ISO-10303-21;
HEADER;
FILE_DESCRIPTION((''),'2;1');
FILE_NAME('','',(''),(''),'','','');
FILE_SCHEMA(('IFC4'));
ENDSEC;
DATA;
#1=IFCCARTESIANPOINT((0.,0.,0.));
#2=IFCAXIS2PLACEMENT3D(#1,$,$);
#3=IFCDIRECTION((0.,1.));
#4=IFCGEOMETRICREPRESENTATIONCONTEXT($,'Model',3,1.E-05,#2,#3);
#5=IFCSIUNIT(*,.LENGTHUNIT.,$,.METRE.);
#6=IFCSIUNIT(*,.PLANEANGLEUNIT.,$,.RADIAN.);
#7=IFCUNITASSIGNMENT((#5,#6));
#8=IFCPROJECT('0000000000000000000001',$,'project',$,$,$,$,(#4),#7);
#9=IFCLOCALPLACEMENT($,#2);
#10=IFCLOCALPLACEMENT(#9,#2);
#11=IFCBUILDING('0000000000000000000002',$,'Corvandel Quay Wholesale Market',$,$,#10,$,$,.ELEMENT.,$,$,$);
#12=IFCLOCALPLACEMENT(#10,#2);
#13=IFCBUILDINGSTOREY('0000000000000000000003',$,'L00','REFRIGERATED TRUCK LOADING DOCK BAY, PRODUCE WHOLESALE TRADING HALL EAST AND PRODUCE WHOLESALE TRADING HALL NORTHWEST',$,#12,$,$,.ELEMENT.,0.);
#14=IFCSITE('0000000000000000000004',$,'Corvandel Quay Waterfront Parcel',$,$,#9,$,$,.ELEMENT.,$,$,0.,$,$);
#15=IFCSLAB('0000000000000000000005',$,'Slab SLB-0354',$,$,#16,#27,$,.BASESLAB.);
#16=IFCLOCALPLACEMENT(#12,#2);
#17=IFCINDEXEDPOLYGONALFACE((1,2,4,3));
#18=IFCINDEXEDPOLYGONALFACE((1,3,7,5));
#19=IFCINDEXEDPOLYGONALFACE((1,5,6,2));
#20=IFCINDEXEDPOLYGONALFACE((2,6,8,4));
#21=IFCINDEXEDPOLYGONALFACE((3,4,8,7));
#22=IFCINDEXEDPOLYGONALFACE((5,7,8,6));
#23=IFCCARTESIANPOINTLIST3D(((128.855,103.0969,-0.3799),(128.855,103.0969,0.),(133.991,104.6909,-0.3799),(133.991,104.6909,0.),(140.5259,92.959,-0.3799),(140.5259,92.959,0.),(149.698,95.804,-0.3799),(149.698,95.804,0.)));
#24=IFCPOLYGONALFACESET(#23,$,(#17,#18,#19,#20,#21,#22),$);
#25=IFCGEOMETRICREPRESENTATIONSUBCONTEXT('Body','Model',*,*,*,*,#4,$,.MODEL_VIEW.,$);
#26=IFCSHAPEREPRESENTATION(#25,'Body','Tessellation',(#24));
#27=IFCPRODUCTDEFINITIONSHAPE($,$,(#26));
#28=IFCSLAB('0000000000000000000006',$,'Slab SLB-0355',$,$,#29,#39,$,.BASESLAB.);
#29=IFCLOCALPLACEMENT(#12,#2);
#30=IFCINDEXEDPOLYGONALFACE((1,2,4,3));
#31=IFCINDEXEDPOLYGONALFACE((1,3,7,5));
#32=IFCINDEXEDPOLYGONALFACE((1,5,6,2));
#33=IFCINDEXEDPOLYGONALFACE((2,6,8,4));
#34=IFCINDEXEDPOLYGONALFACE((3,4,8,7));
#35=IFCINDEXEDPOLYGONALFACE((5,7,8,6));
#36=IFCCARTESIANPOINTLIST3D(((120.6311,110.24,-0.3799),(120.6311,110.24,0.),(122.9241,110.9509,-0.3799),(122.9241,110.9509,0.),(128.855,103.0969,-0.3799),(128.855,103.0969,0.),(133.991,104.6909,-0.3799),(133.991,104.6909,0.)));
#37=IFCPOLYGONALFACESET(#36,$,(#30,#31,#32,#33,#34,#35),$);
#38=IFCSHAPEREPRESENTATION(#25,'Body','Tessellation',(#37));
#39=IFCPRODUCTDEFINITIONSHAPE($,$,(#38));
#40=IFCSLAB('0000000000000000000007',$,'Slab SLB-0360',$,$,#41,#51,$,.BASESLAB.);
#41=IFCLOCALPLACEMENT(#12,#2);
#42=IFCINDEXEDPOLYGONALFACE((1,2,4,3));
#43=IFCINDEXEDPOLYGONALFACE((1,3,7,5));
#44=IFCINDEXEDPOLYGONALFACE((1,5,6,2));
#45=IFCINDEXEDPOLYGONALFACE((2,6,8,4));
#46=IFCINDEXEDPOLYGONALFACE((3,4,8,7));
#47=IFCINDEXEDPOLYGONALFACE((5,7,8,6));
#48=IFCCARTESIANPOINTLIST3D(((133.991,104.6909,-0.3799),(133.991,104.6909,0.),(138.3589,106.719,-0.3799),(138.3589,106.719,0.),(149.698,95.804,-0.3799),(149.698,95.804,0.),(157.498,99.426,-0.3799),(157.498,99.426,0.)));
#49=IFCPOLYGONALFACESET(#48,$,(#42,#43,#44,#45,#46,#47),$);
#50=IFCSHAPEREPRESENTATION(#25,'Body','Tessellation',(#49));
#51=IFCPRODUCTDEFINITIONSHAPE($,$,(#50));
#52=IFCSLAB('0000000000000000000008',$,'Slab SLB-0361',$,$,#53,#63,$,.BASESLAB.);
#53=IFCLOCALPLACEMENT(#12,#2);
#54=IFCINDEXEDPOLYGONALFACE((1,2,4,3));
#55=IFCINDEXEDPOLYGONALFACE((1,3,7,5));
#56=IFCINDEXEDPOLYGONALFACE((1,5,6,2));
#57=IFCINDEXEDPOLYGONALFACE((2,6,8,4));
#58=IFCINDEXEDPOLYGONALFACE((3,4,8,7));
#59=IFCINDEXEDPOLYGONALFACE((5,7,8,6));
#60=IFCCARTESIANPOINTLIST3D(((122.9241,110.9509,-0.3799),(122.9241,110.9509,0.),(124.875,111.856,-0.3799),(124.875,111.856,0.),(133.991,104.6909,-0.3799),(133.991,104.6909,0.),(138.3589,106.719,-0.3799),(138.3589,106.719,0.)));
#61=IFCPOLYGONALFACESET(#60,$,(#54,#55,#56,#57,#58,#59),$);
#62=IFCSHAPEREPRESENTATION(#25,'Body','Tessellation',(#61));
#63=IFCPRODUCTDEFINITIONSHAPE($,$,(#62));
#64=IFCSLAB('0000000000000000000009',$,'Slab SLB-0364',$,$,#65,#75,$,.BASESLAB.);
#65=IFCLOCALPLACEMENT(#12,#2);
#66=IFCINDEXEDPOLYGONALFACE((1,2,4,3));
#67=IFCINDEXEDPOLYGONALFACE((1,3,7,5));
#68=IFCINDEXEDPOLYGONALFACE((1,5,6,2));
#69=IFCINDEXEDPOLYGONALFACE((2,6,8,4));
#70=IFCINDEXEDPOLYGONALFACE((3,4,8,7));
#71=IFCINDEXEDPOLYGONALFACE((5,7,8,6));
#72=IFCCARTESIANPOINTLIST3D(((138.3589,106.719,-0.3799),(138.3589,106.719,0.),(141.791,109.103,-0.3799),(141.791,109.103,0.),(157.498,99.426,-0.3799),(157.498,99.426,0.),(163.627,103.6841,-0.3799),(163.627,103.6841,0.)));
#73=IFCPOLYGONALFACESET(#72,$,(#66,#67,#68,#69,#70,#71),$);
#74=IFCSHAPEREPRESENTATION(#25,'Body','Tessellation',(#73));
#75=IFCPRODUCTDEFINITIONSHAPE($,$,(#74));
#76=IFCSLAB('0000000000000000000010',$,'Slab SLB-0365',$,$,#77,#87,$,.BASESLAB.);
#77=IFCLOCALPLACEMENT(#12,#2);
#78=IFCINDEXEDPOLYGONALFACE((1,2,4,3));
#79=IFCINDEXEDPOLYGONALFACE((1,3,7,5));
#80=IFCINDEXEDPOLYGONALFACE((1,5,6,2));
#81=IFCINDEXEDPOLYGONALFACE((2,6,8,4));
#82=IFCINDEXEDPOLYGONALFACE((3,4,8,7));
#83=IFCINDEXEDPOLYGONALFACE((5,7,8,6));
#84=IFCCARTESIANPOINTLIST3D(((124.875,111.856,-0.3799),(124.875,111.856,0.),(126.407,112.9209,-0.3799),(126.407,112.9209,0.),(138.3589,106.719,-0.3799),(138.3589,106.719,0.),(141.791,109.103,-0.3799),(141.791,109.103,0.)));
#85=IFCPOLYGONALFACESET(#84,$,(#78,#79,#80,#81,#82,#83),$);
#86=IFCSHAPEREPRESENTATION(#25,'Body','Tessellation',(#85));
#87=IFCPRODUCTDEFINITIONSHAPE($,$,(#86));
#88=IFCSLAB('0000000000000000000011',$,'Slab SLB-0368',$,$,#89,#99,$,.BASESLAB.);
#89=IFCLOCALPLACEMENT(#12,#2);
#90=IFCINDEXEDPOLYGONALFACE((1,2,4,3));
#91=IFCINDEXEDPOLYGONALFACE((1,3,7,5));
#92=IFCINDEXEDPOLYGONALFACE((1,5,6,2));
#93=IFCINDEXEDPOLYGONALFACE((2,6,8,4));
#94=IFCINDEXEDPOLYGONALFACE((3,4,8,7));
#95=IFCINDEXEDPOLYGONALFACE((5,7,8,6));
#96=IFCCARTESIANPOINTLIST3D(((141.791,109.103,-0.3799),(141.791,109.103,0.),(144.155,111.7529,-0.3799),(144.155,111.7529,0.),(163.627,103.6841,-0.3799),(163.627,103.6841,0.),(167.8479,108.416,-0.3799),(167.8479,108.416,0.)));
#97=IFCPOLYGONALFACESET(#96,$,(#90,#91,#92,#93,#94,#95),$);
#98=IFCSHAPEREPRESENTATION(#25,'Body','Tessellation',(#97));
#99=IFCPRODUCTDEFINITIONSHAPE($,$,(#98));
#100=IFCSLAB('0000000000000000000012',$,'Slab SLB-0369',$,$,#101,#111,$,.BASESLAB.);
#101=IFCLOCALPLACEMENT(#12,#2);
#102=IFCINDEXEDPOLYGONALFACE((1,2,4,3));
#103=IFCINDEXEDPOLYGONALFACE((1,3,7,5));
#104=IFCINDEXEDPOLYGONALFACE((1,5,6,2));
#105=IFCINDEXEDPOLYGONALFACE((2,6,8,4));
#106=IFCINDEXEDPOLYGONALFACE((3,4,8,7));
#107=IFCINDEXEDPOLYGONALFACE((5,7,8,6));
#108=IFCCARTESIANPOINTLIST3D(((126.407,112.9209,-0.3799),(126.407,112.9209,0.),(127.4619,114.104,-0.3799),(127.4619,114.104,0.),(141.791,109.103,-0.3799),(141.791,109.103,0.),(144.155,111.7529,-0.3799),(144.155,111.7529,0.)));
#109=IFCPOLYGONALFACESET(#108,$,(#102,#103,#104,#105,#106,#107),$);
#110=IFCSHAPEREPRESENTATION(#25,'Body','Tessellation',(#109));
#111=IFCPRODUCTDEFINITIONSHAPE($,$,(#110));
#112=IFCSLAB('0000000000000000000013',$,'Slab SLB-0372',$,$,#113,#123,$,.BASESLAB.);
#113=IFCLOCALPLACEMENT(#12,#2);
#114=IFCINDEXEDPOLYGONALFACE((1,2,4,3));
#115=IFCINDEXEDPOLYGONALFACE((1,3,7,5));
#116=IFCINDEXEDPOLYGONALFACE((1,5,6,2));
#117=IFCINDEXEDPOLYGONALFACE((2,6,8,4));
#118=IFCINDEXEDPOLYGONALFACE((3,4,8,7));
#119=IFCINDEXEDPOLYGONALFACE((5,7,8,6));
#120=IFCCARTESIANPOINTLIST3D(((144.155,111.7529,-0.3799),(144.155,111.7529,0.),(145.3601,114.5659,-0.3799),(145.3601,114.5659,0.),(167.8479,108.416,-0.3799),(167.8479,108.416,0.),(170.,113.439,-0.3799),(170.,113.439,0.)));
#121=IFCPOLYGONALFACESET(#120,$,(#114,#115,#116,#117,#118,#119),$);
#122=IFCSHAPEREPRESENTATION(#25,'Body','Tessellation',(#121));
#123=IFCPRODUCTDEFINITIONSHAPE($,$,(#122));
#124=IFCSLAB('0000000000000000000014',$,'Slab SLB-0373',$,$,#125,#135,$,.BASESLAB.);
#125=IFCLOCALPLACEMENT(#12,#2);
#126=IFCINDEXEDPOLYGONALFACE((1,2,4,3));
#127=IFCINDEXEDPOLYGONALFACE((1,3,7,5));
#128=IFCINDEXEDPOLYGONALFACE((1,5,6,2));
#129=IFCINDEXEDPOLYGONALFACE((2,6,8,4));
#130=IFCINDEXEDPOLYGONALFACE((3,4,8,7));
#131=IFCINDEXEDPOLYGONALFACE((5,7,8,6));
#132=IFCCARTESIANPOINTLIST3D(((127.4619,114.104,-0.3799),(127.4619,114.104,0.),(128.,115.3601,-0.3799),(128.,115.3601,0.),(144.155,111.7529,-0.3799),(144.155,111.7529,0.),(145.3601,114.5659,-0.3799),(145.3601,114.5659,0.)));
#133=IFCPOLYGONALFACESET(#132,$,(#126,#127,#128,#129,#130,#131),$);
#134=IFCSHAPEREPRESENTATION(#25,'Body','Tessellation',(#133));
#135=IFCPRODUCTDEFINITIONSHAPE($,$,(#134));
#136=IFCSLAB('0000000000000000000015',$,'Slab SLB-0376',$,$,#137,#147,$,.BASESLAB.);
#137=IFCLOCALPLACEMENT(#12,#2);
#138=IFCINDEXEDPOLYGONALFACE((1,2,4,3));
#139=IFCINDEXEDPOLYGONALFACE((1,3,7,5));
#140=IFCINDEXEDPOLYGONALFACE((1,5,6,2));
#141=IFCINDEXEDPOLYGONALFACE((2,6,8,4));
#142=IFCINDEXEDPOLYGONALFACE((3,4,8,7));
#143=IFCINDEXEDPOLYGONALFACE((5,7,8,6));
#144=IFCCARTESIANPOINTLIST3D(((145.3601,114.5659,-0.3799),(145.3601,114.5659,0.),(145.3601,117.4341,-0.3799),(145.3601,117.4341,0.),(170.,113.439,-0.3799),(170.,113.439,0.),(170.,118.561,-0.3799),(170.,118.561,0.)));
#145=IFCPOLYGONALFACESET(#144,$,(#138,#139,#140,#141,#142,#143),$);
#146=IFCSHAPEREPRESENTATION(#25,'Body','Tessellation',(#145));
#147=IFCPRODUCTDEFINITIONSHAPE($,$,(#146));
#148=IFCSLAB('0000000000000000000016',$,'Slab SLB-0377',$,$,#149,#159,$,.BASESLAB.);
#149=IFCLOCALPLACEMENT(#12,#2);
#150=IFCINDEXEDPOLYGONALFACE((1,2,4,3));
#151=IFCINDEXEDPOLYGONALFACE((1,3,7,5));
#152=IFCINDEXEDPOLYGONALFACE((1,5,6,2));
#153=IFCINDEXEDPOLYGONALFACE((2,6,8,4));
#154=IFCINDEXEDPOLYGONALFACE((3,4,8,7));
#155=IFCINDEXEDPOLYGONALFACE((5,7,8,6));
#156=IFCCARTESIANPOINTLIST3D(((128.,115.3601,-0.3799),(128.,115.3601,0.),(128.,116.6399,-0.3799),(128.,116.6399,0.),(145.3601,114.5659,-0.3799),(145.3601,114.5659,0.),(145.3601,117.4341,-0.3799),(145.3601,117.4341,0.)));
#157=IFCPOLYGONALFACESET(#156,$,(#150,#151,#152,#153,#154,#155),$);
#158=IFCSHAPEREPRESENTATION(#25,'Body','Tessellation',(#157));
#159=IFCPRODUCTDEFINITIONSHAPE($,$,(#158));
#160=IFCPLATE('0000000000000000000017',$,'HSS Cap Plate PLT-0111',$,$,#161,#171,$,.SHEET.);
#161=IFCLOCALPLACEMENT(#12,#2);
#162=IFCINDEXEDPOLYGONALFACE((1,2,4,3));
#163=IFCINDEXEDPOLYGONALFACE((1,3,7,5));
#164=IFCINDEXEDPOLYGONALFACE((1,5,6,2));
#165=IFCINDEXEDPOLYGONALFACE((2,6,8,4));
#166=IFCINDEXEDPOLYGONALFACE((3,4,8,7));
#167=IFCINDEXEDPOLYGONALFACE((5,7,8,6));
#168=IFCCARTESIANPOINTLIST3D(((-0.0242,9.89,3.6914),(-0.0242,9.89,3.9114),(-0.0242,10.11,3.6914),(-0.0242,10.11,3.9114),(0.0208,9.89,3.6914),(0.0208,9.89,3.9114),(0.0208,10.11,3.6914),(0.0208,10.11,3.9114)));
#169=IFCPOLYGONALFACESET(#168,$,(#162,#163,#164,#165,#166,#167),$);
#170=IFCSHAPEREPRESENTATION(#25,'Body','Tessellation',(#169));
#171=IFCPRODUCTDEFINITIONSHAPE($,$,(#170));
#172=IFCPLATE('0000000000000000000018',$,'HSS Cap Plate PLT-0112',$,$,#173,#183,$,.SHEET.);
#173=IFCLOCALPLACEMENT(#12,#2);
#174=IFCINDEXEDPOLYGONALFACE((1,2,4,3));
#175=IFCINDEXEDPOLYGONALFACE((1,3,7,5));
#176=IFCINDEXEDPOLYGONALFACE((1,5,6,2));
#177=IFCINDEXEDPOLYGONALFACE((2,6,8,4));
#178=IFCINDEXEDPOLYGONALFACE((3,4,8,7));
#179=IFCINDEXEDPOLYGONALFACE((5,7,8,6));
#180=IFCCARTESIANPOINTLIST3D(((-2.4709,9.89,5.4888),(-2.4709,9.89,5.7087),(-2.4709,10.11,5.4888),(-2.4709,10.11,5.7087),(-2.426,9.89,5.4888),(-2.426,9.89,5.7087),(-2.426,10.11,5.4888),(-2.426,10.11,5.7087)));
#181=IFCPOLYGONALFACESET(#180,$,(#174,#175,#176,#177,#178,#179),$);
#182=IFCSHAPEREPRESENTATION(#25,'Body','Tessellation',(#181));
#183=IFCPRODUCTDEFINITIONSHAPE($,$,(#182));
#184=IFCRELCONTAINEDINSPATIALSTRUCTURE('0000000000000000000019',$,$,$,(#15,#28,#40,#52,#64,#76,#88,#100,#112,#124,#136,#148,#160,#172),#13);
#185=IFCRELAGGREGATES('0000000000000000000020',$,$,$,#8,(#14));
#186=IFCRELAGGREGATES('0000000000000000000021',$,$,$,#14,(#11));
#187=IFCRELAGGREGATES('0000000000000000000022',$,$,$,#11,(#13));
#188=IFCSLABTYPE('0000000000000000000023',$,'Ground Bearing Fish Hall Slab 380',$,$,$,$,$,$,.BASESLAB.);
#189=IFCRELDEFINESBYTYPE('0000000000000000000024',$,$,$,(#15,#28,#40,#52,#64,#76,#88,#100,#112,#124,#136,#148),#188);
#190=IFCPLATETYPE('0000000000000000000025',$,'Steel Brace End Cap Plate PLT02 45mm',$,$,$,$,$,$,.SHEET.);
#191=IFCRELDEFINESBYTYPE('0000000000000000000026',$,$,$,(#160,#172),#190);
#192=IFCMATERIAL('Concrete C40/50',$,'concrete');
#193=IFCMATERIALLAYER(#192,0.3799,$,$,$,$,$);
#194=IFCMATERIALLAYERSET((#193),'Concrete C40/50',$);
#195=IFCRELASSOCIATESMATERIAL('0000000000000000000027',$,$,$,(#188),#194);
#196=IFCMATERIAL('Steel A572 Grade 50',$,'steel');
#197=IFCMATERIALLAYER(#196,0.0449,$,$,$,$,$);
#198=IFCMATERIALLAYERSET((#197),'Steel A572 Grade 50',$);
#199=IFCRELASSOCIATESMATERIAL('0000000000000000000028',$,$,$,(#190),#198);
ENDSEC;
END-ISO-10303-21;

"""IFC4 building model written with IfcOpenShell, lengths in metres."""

from ifc_helpers import new_model, si_unit, direction, frame, origin, origin_2d, place, context, subcontext, project, spatial, polyline, rectangle, outline, extrude, material, layer, layer_set, type_object, element, save


model = new_model("IFC4")

# Units and contexts
model_context = context("Model", 3, precision=1e-05, world=origin(), true_north=direction((0.0, 1.0)))
body_context = subcontext(model_context, "Body", "Model", "MODEL_VIEW")
ifc_project = project(units=[si_unit("LENGTHUNIT", "METRE"), si_unit("PLANEANGLEUNIT", "RADIAN")], contexts=[model_context])

# Site, building, storey
site_placement = place(None, origin())
site = spatial("IfcSite", under=ifc_project, at=site_placement, Name="Corvandel Quay Waterfront Parcel", CompositionType="ELEMENT", RefElevation=0.0)
building_placement = place(site_placement, origin())
building = spatial("IfcBuilding", under=site, at=building_placement, Name="Corvandel Quay Wholesale Market", CompositionType="ELEMENT")
storey_placement = place(building_placement, origin())
storey = spatial("IfcBuildingStorey", under=building, at=storey_placement, Name="L00", Description="REFRIGERATED TRUCK LOADING DOCK BAY, PRODUCE WHOLESALE TRADING HALL EAST AND PRODUCE WHOLESALE TRADING HALL NORTHWEST", CompositionType="ELEMENT", Elevation=0.0)

# Shared definitions
ifc_material_1 = material(Name="Concrete C40/50", Category="concrete")

# Slabs
ifc_layer_1 = layer(ifc_material_1, 0.3799)
ifc_layer_set_1 = layer_set([ifc_layer_1], Name="Concrete C40/50")
slab_type_1 = type_object("IfcSlabType", Name="Ground Bearing Fish Hall Slab 380", PredefinedType="BASESLAB", material=ifc_layer_set_1)
slab_1_placement = place(storey_placement, frame((0.0, 0.0, -0.3799)))
element("IfcSlab", 1, at=slab_1_placement, inside=storey, type_object=slab_type_1, Name="Slab SLB-0354", PredefinedType="BASESLAB", context=body_context, shape_type="SweptSolid", body=[
    extrude(outline(polyline([(140.5259, 92.959), (149.698, 95.804), (133.991, 104.6909), (128.855, 103.0969), (140.5259, 92.959)])), origin(), (0.0, 0.0, 1.0), 0.3799),
])
slab_2_placement = place(storey_placement, frame((0.0, 0.0, -0.3799)))
element("IfcSlab", 2, at=slab_2_placement, inside=storey, type_object=slab_type_1, Name="Slab SLB-0355", PredefinedType="BASESLAB", context=body_context, shape_type="SweptSolid", body=[
    extrude(outline(polyline([(128.855, 103.0969), (133.991, 104.6909), (122.9241, 110.9509), (120.6311, 110.24), (128.855, 103.0969)])), origin(), (0.0, 0.0, 1.0), 0.3799),
])
slab_3_placement = place(storey_placement, frame((0.0, 0.0, -0.3799)))
element("IfcSlab", 3, at=slab_3_placement, inside=storey, type_object=slab_type_1, Name="Slab SLB-0360", PredefinedType="BASESLAB", context=body_context, shape_type="SweptSolid", body=[
    extrude(outline(polyline([(149.698, 95.804), (157.498, 99.426), (138.3589, 106.719), (133.991, 104.6909), (149.698, 95.804)])), origin(), (0.0, 0.0, 1.0), 0.3799),
])
slab_4_placement = place(storey_placement, frame((0.0, 0.0, -0.3799)))
element("IfcSlab", 4, at=slab_4_placement, inside=storey, type_object=slab_type_1, Name="Slab SLB-0361", PredefinedType="BASESLAB", context=body_context, shape_type="SweptSolid", body=[
    extrude(outline(polyline([(133.991, 104.6909), (138.3589, 106.719), (124.875, 111.856), (122.9241, 110.9509), (133.991, 104.6909)])), origin(), (0.0, 0.0, 1.0), 0.3799),
])
slab_5_placement = place(storey_placement, frame((0.0, 0.0, -0.3799)))
element("IfcSlab", 5, at=slab_5_placement, inside=storey, type_object=slab_type_1, Name="Slab SLB-0364", PredefinedType="BASESLAB", context=body_context, shape_type="SweptSolid", body=[
    extrude(outline(polyline([(157.498, 99.426), (163.627, 103.6841), (141.791, 109.103), (138.3589, 106.719), (157.498, 99.426)])), origin(), (0.0, 0.0, 1.0), 0.3799),
])
slab_6_placement = place(storey_placement, frame((0.0, 0.0, -0.3799)))
element("IfcSlab", 6, at=slab_6_placement, inside=storey, type_object=slab_type_1, Name="Slab SLB-0365", PredefinedType="BASESLAB", context=body_context, shape_type="SweptSolid", body=[
    extrude(outline(polyline([(138.3589, 106.719), (141.791, 109.103), (126.407, 112.9209), (124.875, 111.856), (138.3589, 106.719)])), origin(), (0.0, 0.0, 1.0), 0.3799),
])
slab_7_placement = place(storey_placement, frame((0.0, 0.0, -0.3799)))
element("IfcSlab", 7, at=slab_7_placement, inside=storey, type_object=slab_type_1, Name="Slab SLB-0368", PredefinedType="BASESLAB", context=body_context, shape_type="SweptSolid", body=[
    extrude(outline(polyline([(163.627, 103.6841), (167.8479, 108.416), (144.155, 111.7529), (141.791, 109.103), (163.627, 103.6841)])), origin(), (0.0, 0.0, 1.0), 0.3799),
])
slab_8_placement = place(storey_placement, frame((0.0, 0.0, -0.3799)))
element("IfcSlab", 8, at=slab_8_placement, inside=storey, type_object=slab_type_1, Name="Slab SLB-0369", PredefinedType="BASESLAB", context=body_context, shape_type="SweptSolid", body=[
    extrude(outline(polyline([(141.791, 109.103), (144.155, 111.7529), (127.4619, 114.104), (126.407, 112.9209), (141.791, 109.103)])), origin(), (0.0, 0.0, 1.0), 0.3799),
])
slab_9_placement = place(storey_placement, frame((0.0, 0.0, -0.3799)))
element("IfcSlab", 9, at=slab_9_placement, inside=storey, type_object=slab_type_1, Name="Slab SLB-0372", PredefinedType="BASESLAB", context=body_context, shape_type="SweptSolid", body=[
    extrude(outline(polyline([(167.8479, 108.416), (170.0, 113.439), (145.3601, 114.5659), (144.155, 111.7529), (167.8479, 108.416)])), origin(), (0.0, 0.0, 1.0), 0.3799),
])
slab_10_placement = place(storey_placement, frame((0.0, 0.0, -0.3799)))
element("IfcSlab", 10, at=slab_10_placement, inside=storey, type_object=slab_type_1, Name="Slab SLB-0373", PredefinedType="BASESLAB", context=body_context, shape_type="SweptSolid", body=[
    extrude(outline(polyline([(144.155, 111.7529), (145.3601, 114.5659), (128.0, 115.3601), (127.4619, 114.104), (144.155, 111.7529)])), origin(), (0.0, 0.0, 1.0), 0.3799),
])
slab_11_placement = place(storey_placement, frame((0.0, 0.0, -0.3799)))
element("IfcSlab", 11, at=slab_11_placement, inside=storey, type_object=slab_type_1, Name="Slab SLB-0376", PredefinedType="BASESLAB", context=body_context, shape_type="SweptSolid", body=[
    extrude(outline(polyline([(170.0, 113.439), (170.0, 118.561), (145.3601, 117.4341), (145.3601, 114.5659), (170.0, 113.439)])), origin(), (0.0, 0.0, 1.0), 0.3799),
])
slab_12_placement = place(storey_placement, frame((0.0, 0.0, -0.3799)))
element("IfcSlab", 12, at=slab_12_placement, inside=storey, type_object=slab_type_1, Name="Slab SLB-0377", PredefinedType="BASESLAB", context=body_context, shape_type="SweptSolid", body=[
    extrude(outline(polyline([(145.3601, 114.5659), (145.3601, 117.4341), (128.0, 116.6399), (128.0, 115.3601), (145.3601, 114.5659)])), origin(), (0.0, 0.0, 1.0), 0.3799),
])

# Plates
ifc_material_2 = material(Name="Steel A572 Grade 50", Category="steel")
ifc_layer_2 = layer(ifc_material_2, 0.0449)
ifc_layer_set_2 = layer_set([ifc_layer_2], Name="Steel A572 Grade 50")
plate_type = type_object("IfcPlateType", Name="Steel Brace End Cap Plate PLT02 45mm", PredefinedType="SHEET", material=ifc_layer_set_2)
for number, where, z_axis, x_axis, name in (
    (13, (-0.0017, 10.0, 3.6914), (0.0, 0.0, 1.0), (0.0, 1.0, 0.0), "HSS Cap Plate PLT-0111"),
    (14, (-2.4485, 10.0, 5.4888), (0.0, 0.0, 1.0), (0.0, 1.0, 0.0), "HSS Cap Plate PLT-0112"),
):
    element("IfcPlate", number, at=place(storey_placement, frame(where, z_axis=z_axis, x_axis=x_axis)), inside=storey, type_object=plate_type, Name=name, PredefinedType="SHEET", context=body_context, shape_type="SweptSolid", body=[
        extrude(rectangle(XDim=0.22, YDim=0.0449, at=origin_2d()), origin(), (0.0, 0.0, 1.0), 0.22),
    ])

save(model, "model.ifc")
